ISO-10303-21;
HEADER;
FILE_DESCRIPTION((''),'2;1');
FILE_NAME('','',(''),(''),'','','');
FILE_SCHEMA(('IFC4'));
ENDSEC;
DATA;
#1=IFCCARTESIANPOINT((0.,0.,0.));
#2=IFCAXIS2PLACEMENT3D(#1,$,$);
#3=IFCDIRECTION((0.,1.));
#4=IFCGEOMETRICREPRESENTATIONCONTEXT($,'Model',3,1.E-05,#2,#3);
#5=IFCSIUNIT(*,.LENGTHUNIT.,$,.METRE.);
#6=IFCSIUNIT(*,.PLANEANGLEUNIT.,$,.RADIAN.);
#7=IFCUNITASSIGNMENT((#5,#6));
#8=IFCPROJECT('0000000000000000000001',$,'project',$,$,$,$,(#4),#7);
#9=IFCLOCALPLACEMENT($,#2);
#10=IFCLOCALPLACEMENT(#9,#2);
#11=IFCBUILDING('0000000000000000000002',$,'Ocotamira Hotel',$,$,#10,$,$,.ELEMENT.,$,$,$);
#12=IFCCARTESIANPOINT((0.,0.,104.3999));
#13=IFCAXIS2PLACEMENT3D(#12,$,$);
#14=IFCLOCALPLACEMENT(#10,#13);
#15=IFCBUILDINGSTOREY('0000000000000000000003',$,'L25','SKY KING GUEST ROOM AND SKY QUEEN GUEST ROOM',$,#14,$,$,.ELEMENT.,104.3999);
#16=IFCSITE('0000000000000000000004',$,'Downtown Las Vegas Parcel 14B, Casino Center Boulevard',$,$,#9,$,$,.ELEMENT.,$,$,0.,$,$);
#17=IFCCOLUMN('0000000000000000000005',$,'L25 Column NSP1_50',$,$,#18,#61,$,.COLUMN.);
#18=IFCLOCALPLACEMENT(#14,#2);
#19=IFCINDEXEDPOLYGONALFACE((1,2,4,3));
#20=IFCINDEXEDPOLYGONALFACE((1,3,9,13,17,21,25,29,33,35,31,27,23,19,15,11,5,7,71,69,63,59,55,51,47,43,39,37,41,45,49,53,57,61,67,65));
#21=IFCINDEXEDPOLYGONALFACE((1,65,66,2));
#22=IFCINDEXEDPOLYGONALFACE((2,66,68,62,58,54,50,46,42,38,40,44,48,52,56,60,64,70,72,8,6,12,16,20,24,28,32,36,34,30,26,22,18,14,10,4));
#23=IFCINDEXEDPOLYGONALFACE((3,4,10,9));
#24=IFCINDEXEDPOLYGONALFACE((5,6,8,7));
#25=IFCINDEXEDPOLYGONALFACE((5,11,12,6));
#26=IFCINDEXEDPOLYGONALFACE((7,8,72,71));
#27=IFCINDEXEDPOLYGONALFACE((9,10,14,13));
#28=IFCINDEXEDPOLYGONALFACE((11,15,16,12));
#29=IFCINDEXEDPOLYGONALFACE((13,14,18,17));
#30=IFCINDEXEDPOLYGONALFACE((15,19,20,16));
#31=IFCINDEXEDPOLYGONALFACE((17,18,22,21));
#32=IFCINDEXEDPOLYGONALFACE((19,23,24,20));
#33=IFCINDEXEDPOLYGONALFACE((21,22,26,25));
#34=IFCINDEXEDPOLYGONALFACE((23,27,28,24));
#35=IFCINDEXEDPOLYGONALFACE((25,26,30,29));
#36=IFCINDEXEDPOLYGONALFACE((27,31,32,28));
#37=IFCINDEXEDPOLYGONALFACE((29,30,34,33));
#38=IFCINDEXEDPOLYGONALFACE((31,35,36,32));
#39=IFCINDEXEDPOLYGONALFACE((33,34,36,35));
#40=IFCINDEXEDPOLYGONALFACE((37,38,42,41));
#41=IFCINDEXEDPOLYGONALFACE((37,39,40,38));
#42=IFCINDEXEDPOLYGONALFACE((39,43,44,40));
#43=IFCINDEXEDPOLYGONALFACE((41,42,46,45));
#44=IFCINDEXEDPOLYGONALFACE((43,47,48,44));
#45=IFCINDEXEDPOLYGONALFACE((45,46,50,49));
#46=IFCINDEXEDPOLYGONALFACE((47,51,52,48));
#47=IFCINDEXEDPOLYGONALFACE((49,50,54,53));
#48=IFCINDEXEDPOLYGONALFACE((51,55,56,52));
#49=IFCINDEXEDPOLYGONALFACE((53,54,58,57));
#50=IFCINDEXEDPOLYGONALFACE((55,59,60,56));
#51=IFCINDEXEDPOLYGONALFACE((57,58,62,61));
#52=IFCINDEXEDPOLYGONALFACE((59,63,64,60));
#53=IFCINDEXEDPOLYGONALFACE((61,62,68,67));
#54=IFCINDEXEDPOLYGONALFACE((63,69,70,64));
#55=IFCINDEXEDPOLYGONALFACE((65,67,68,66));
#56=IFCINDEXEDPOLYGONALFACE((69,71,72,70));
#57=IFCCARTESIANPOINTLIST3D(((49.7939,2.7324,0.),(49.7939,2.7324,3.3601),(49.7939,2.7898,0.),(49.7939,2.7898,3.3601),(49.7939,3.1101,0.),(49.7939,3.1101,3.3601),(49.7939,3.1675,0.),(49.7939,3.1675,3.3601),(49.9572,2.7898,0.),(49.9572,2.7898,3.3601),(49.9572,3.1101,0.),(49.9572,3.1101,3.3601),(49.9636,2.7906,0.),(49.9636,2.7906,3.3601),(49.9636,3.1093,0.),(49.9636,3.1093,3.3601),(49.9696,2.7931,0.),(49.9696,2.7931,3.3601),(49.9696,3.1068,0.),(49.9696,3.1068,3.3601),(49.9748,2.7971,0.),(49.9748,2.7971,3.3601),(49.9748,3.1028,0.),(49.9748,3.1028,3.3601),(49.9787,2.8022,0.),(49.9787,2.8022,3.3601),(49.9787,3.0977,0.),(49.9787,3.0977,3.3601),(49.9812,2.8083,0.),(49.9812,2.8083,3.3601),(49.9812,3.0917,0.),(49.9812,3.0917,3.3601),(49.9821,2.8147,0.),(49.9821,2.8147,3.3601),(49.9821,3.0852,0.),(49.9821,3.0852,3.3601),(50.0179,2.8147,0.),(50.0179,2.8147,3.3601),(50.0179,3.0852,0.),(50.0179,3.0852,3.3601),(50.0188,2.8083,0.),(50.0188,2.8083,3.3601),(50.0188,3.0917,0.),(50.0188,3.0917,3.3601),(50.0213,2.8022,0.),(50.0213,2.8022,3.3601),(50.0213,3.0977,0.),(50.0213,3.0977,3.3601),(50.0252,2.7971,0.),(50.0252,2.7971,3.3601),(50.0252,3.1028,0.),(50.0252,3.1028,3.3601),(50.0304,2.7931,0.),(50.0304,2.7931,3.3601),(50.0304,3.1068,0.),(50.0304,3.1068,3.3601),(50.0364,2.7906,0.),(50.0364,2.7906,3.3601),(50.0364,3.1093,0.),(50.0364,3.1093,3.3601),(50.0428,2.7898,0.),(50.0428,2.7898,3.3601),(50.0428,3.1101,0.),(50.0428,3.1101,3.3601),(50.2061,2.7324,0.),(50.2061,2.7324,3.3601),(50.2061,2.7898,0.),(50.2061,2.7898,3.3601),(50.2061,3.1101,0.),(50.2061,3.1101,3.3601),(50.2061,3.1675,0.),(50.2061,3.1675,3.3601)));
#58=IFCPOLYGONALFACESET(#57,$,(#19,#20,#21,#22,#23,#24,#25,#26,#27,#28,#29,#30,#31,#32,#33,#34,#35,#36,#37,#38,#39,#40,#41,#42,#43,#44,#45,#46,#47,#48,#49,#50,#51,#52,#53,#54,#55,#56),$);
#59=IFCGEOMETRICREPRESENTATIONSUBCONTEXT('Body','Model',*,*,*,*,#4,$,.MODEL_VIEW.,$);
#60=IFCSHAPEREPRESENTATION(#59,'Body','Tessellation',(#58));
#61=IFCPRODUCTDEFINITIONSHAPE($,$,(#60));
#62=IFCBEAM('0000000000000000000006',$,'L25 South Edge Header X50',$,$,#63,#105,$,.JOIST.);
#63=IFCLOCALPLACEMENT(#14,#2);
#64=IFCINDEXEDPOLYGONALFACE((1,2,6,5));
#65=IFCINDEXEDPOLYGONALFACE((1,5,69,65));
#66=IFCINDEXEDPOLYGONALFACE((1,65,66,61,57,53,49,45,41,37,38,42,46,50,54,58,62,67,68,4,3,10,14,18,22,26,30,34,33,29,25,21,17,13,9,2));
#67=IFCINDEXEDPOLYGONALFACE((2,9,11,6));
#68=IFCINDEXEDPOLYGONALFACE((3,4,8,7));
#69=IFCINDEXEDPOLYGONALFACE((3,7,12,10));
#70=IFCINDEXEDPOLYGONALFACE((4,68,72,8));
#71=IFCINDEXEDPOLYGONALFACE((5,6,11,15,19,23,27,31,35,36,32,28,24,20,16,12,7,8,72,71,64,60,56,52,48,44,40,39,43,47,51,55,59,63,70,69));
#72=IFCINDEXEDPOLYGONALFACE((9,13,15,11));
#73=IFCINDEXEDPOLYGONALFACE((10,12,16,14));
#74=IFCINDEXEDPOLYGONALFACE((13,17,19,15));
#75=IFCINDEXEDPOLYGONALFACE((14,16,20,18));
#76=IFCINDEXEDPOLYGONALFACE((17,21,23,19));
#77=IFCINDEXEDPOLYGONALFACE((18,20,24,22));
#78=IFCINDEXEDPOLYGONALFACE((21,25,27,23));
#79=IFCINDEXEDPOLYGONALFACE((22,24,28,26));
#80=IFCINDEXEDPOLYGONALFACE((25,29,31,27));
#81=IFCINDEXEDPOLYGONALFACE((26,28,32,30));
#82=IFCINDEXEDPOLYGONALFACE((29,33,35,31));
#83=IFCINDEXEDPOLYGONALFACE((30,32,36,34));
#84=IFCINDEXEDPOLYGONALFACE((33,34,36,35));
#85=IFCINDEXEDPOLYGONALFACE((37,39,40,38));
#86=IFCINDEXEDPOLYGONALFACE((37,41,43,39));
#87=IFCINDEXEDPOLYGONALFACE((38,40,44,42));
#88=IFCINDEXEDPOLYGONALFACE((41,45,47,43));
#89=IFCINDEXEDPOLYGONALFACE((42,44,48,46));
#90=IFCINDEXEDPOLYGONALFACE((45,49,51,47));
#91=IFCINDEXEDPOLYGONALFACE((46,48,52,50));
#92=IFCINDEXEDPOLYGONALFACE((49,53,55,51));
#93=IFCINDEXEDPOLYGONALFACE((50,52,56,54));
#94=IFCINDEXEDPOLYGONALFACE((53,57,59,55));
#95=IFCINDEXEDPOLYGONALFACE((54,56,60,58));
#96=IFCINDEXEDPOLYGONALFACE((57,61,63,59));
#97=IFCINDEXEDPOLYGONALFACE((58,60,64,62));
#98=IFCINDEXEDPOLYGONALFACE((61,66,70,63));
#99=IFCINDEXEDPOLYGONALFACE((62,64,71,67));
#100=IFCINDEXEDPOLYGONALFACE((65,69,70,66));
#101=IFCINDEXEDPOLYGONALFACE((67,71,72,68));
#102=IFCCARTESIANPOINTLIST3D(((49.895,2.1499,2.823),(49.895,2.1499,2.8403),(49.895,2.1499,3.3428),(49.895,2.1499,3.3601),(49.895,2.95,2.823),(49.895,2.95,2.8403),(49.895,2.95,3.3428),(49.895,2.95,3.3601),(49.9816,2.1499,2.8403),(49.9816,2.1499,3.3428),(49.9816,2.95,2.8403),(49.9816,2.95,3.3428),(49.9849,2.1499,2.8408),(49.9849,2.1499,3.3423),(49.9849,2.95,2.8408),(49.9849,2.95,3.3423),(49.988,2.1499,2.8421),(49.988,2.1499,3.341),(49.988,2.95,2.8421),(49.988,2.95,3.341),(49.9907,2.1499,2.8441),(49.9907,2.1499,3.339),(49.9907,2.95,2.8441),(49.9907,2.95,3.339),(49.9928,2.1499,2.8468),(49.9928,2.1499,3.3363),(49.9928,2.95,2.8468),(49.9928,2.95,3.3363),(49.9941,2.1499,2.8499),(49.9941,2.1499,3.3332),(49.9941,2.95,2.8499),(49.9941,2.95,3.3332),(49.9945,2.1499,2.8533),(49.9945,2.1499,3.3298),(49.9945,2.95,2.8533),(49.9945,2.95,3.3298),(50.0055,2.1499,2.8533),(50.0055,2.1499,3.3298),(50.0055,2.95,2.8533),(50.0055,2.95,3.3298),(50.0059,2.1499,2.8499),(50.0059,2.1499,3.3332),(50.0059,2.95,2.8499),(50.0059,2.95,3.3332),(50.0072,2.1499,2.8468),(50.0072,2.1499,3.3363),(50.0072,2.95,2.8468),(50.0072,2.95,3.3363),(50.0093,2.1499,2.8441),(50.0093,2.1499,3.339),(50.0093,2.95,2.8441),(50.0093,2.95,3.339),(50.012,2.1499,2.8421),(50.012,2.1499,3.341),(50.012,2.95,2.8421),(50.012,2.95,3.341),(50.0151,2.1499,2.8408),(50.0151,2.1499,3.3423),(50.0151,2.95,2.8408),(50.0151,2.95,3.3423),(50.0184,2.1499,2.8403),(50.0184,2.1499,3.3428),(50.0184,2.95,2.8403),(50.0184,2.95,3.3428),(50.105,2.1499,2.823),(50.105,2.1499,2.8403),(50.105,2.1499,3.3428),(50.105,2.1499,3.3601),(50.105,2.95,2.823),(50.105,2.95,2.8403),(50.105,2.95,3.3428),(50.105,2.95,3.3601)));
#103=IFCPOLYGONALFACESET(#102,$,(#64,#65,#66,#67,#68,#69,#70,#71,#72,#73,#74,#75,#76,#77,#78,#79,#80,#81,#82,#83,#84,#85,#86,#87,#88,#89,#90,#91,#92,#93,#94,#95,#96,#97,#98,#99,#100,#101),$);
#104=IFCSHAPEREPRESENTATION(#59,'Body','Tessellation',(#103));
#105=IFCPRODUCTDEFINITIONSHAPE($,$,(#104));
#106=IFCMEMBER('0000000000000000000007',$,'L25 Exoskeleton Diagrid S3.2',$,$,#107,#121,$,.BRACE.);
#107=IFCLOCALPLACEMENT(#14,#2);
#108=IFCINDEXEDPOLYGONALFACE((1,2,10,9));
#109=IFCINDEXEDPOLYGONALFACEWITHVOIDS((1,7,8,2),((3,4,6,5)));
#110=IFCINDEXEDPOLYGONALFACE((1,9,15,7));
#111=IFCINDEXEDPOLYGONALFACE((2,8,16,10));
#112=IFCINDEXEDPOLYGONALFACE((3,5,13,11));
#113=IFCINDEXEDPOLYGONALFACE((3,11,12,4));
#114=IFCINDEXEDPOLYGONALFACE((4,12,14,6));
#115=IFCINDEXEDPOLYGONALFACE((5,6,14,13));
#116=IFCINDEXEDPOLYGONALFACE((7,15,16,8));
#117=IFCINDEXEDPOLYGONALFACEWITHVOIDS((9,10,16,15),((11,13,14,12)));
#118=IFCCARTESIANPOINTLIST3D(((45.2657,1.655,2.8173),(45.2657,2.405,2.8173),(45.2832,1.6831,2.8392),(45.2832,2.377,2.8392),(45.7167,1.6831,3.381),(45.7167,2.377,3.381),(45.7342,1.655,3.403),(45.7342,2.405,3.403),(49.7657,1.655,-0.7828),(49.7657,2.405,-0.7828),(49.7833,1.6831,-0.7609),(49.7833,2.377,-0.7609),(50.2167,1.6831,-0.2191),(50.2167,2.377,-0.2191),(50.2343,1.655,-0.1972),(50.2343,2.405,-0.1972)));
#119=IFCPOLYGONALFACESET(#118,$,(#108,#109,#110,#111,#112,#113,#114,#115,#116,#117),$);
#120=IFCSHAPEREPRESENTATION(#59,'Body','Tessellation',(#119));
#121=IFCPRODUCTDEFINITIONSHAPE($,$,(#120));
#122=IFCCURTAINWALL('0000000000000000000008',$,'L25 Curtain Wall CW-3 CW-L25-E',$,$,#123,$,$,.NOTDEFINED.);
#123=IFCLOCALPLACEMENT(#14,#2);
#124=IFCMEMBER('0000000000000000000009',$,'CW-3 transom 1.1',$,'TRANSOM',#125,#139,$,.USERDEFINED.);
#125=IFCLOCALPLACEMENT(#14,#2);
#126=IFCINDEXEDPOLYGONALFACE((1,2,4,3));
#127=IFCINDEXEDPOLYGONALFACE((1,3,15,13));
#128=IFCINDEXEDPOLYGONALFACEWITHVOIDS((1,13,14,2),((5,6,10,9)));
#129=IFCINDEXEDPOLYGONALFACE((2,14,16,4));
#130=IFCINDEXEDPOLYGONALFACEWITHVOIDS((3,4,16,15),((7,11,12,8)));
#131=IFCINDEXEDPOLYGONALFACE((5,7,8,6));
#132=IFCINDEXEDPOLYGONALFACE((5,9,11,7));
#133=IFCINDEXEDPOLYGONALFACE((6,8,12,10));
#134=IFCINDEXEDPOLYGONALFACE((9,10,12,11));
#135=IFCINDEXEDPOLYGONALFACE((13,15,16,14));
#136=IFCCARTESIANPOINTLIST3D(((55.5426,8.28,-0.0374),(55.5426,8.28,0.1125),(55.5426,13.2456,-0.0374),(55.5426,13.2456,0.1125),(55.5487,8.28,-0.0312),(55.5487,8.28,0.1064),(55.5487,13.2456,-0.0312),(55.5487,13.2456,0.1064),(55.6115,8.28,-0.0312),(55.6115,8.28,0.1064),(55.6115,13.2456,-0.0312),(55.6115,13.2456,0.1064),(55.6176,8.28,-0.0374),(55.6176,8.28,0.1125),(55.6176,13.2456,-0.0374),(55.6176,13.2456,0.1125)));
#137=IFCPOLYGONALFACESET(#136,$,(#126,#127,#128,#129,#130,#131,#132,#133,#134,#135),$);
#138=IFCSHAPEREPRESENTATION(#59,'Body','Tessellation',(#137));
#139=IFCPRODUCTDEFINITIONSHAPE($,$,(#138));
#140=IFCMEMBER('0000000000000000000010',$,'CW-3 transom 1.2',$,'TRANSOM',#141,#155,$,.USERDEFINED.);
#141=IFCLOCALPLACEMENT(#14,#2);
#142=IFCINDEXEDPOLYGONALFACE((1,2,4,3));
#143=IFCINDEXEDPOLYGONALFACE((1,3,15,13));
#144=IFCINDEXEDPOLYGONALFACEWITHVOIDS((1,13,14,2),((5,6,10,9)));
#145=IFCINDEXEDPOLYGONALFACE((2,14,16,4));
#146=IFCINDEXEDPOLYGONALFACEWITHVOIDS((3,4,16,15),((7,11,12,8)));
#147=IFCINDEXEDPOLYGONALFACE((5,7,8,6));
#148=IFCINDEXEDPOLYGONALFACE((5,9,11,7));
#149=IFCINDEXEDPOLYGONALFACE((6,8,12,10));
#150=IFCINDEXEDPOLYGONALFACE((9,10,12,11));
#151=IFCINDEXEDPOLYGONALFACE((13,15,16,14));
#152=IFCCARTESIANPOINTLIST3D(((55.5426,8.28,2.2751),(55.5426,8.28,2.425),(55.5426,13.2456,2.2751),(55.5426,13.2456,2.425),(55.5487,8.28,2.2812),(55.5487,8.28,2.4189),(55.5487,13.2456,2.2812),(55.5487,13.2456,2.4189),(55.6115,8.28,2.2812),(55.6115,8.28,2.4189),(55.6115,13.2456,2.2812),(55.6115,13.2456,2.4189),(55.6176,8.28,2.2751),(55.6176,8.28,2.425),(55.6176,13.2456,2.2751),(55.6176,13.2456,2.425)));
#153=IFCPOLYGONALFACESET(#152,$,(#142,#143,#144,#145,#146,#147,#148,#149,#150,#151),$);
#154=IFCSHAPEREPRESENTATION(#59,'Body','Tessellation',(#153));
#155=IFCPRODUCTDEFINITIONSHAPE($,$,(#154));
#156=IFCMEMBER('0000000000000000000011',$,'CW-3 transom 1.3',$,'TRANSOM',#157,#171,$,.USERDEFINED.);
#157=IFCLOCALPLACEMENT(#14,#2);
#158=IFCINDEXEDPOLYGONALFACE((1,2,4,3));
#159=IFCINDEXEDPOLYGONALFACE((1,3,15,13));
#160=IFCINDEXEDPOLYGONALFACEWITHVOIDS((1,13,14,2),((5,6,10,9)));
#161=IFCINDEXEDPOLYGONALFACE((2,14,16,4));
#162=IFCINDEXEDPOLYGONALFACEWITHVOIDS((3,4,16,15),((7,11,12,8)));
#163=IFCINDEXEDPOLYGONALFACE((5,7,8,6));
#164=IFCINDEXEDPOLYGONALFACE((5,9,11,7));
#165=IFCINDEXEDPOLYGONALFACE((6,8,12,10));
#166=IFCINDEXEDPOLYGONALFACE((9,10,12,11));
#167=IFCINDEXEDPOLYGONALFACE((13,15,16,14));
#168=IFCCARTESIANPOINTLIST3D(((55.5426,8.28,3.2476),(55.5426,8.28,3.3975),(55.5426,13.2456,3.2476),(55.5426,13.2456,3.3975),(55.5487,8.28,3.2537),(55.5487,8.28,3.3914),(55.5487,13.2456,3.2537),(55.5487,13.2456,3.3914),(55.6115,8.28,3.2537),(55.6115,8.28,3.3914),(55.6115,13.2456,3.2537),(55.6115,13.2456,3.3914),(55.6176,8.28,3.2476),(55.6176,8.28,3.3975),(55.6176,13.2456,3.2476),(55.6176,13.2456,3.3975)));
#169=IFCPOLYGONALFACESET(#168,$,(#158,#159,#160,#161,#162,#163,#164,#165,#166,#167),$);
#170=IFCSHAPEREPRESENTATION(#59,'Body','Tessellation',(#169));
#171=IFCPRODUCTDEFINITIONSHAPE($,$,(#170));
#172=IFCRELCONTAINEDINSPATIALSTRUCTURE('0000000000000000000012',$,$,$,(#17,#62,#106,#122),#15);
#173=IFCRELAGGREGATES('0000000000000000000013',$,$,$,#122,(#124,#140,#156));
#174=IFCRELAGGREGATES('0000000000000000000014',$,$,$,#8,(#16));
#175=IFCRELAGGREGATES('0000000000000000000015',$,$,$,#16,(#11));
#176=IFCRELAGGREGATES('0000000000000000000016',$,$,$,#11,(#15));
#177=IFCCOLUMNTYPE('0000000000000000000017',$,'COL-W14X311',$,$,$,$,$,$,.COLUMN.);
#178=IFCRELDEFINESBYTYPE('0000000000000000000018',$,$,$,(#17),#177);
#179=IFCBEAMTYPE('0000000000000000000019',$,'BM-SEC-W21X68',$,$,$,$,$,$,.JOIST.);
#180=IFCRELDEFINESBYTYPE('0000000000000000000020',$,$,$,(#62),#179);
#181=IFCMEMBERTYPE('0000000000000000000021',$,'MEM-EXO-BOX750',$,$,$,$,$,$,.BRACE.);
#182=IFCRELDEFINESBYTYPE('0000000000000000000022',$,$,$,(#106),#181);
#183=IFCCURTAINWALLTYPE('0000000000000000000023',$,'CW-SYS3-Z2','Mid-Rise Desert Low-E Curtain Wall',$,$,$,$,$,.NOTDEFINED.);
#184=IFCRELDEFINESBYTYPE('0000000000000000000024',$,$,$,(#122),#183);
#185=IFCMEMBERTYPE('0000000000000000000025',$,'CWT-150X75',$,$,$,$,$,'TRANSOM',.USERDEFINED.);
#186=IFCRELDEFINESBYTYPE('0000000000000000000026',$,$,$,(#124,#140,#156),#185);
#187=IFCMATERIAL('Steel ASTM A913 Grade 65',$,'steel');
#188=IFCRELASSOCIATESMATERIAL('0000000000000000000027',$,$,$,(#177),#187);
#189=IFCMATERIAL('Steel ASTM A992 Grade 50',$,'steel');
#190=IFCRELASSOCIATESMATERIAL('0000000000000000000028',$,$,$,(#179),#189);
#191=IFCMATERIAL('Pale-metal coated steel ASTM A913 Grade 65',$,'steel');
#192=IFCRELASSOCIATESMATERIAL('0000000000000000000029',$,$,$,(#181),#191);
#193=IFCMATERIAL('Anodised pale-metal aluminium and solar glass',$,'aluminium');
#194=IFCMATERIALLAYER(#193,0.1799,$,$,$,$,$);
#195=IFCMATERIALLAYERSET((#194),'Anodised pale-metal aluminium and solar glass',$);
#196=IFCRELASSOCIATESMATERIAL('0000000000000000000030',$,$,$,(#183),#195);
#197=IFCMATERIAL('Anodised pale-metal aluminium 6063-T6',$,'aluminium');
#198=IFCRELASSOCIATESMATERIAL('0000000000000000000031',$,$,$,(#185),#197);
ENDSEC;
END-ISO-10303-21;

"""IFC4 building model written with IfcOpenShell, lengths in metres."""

from ifc_helpers import new_model, si_unit, direction, frame, origin, origin_2d, place, context, subcontext, project, spatial, hollow_rectangle, i_section, extrude, source, transform, mapped, material, layer, layer_set, material_profile, profile_set, type_object, element, aggregate, save


model = new_model("IFC4")

# Units and contexts
model_context = context("Model", 3, precision=1e-05, world=origin(), true_north=direction((0.0, 1.0)))
body_context = subcontext(model_context, "Body", "Model", "MODEL_VIEW")
ifc_project = project(units=[si_unit("LENGTHUNIT", "METRE"), si_unit("PLANEANGLEUNIT", "RADIAN")], contexts=[model_context])

# Site, building, storey
site_placement = place(None, origin())
site = spatial("IfcSite", under=ifc_project, at=site_placement, Name="Downtown Las Vegas Parcel 14B, Casino Center Boulevard", CompositionType="ELEMENT", RefElevation=0.0)
building_placement = place(site_placement, origin())
building = spatial("IfcBuilding", under=site, at=building_placement, Name="Ocotamira Hotel", CompositionType="ELEMENT")
storey_placement = place(building_placement, frame((0.0, 0.0, 104.3999)))
storey = spatial("IfcBuildingStorey", under=building, at=storey_placement, Name="L25", Description="SKY KING GUEST ROOM AND SKY QUEEN GUEST ROOM", CompositionType="ELEMENT", Elevation=104.3999)

# Column
ifc_material_1 = material(Name="Steel ASTM A913 Grade 65", Category="steel")
ifc_material_profile_1 = material_profile(ifc_material_1, i_section(OverallWidth=0.4121, OverallDepth=0.4351, WebThickness=0.0359, FlangeThickness=0.0574, FilletRadius=0.0249, at=origin_2d()), Name="W14X311")
ifc_profile_set_1 = profile_set([ifc_material_profile_1], Name="Steel ASTM A913 Grade 65")
column_type = type_object("IfcColumnType", Name="COL-W14X311", PredefinedType="COLUMN", material=ifc_profile_set_1)
shared_shape_1 = source(origin(), body_context, "Body", "SweptSolid", [
    extrude(i_section(OverallWidth=0.4121, OverallDepth=0.4351, WebThickness=0.0359, FlangeThickness=0.0574, FilletRadius=0.0249, at=origin_2d()), origin(), (0.0, 0.0, 1.0), 3.3601),
])
column_placement = place(storey_placement, frame((50.0, 2.95, 0.0), z_axis=(0.0, 0.0, 1.0), x_axis=(1.0, 0.0, 0.0)))
element("IfcColumn", 1, at=column_placement, inside=storey, type_object=column_type, Name="L25 Column NSP1_50", PredefinedType="COLUMN", context=body_context, shape_type="MappedRepresentation", body=[
    mapped(shared_shape_1, transform((0.0, 0.0, 0.0), scale=1.0)),
])

# Beam
ifc_material_2 = material(Name="Steel ASTM A992 Grade 50", Category="steel")
ifc_material_profile_2 = material_profile(ifc_material_2, i_section(OverallWidth=0.21, OverallDepth=0.5371, WebThickness=0.011, FlangeThickness=0.0173, FilletRadius=0.0129, at=origin_2d()), Name="W21X68")
ifc_profile_set_2 = profile_set([ifc_material_profile_2], Name="Steel ASTM A992 Grade 50")
beam_type = type_object("IfcBeamType", Name="BM-SEC-W21X68", PredefinedType="JOIST", material=ifc_profile_set_2)
shared_shape_2 = source(origin(), body_context, "Body", "SweptSolid", [
    extrude(i_section(OverallWidth=0.21, OverallDepth=0.5371, WebThickness=0.011, FlangeThickness=0.0173, FilletRadius=0.0129, at=origin_2d()), origin(), (0.0, 0.0, 1.0), 0.8),
])
beam_placement = place(storey_placement, frame((50.0, 2.95, 3.0916), z_axis=(0.0, -1.0, 0.0), x_axis=(1.0, 0.0, 0.0)))
element("IfcBeam", 2, at=beam_placement, inside=storey, type_object=beam_type, Name="L25 South Edge Header X50", PredefinedType="JOIST", context=body_context, shape_type="MappedRepresentation", body=[
    mapped(shared_shape_2, transform((0.0, 0.0, 0.0), scale=1.0)),
])

# Member
ifc_material_3 = material(Name="Pale-metal coated steel ASTM A913 Grade 65", Category="steel")
ifc_material_profile_3 = material_profile(ifc_material_3, hollow_rectangle(XDim=0.75, YDim=0.75, WallThickness=0.0281, at=origin_2d()), Name="BOX750X750X28")
ifc_profile_set_3 = profile_set([ifc_material_profile_3], Name="Pale-metal coated steel ASTM A913 Grade 65")
member_type_1 = type_object("IfcMemberType", Name="MEM-EXO-BOX750", PredefinedType="BRACE", material=ifc_profile_set_3)
shared_shape_3 = source(origin(), body_context, "Body", "SweptSolid", [
    extrude(hollow_rectangle(XDim=0.75, YDim=0.75, WallThickness=0.0281, at=origin_2d()), origin(), (0.0, 0.0, 1.0), 5.7629),
])
member_1_placement = place(storey_placement, frame((50.0, 2.03, -0.49), z_axis=(-0.780861, 0.0, 0.624705), x_axis=(0.0, -1.0, 0.0)))
element("IfcMember", 3, at=member_1_placement, inside=storey, type_object=member_type_1, Name="L25 Exoskeleton Diagrid S3.2", PredefinedType="BRACE", context=body_context, shape_type="MappedRepresentation", body=[
    mapped(shared_shape_3, transform((0.0, 0.0, 0.0), scale=1.0)),
])

# Curtain wall, members
ifc_material_4 = material(Name="Anodised pale-metal aluminium and solar glass", Category="aluminium")
ifc_layer_1 = layer(ifc_material_4, 0.1799)
ifc_layer_set_1 = layer_set([ifc_layer_1], Name="Anodised pale-metal aluminium and solar glass")
curtain_wall_type = type_object("IfcCurtainWallType", Name="CW-SYS3-Z2", Description="Mid-Rise Desert Low-E Curtain Wall", PredefinedType="NOTDEFINED", material=ifc_layer_set_1)
curtain_wall_1_placement = place(storey_placement, origin())
curtain_wall_1 = element("IfcCurtainWall", 4, at=curtain_wall_1_placement, inside=storey, type_object=curtain_wall_type, Name="L25 Curtain Wall CW-3 CW-L25-E", PredefinedType="NOTDEFINED")
ifc_material_5 = material(Name="Anodised pale-metal aluminium 6063-T6", Category="aluminium")
ifc_material_profile_4 = material_profile(ifc_material_5, hollow_rectangle(XDim=0.075, YDim=0.1499, WallThickness=0.0061, at=origin_2d()), Name="HSS150X75X6")
ifc_profile_set_4 = profile_set([ifc_material_profile_4], Name="Anodised pale-metal aluminium 6063-T6")
member_type_2 = type_object("IfcMemberType", Name="CWT-150X75", ElementType="TRANSOM", PredefinedType="USERDEFINED", material=ifc_profile_set_4)
shared_shape_4 = source(origin(), body_context, "Body", "SweptSolid", [
    extrude(hollow_rectangle(XDim=0.075, YDim=0.1499, WallThickness=0.0061, at=origin_2d()), origin(), (0.0, 0.0, 1.0), 4.9656),
])
member_2_placement = place(storey_placement, frame((55.5801, 8.28, 0.0376), z_axis=(0.0, 1.0, 0.0), x_axis=(-1.0, 0.0, 0.0)))
member_2 = element("IfcMember", 5, at=member_2_placement, type_object=member_type_2, Name="CW-3 transom 1.1", ObjectType="TRANSOM", PredefinedType="USERDEFINED", context=body_context, shape_type="MappedRepresentation", body=[
    mapped(shared_shape_4, transform((0.0, 0.0, 0.0), scale=1.0)),
])
member_3_placement = place(storey_placement, frame((55.5801, 8.28, 2.3501), z_axis=(0.0, 1.0, 0.0), x_axis=(-1.0, 0.0, 0.0)))
member_3 = element("IfcMember", 6, at=member_3_placement, type_object=member_type_2, Name="CW-3 transom 1.2", ObjectType="TRANSOM", PredefinedType="USERDEFINED", context=body_context, shape_type="MappedRepresentation", body=[
    mapped(shared_shape_4, transform((0.0, 0.0, 0.0), scale=1.0)),
])
member_4_placement = place(storey_placement, frame((55.5801, 8.28, 3.3225), z_axis=(0.0, 1.0, 0.0), x_axis=(-1.0, 0.0, 0.0)))
member_4 = element("IfcMember", 7, at=member_4_placement, type_object=member_type_2, Name="CW-3 transom 1.3", ObjectType="TRANSOM", PredefinedType="USERDEFINED", context=body_context, shape_type="MappedRepresentation", body=[
    mapped(shared_shape_4, transform((0.0, 0.0, 0.0), scale=1.0)),
])

aggregate(curtain_wall_1, [member_2, member_3, member_4])

save(model, "model.ifc")
